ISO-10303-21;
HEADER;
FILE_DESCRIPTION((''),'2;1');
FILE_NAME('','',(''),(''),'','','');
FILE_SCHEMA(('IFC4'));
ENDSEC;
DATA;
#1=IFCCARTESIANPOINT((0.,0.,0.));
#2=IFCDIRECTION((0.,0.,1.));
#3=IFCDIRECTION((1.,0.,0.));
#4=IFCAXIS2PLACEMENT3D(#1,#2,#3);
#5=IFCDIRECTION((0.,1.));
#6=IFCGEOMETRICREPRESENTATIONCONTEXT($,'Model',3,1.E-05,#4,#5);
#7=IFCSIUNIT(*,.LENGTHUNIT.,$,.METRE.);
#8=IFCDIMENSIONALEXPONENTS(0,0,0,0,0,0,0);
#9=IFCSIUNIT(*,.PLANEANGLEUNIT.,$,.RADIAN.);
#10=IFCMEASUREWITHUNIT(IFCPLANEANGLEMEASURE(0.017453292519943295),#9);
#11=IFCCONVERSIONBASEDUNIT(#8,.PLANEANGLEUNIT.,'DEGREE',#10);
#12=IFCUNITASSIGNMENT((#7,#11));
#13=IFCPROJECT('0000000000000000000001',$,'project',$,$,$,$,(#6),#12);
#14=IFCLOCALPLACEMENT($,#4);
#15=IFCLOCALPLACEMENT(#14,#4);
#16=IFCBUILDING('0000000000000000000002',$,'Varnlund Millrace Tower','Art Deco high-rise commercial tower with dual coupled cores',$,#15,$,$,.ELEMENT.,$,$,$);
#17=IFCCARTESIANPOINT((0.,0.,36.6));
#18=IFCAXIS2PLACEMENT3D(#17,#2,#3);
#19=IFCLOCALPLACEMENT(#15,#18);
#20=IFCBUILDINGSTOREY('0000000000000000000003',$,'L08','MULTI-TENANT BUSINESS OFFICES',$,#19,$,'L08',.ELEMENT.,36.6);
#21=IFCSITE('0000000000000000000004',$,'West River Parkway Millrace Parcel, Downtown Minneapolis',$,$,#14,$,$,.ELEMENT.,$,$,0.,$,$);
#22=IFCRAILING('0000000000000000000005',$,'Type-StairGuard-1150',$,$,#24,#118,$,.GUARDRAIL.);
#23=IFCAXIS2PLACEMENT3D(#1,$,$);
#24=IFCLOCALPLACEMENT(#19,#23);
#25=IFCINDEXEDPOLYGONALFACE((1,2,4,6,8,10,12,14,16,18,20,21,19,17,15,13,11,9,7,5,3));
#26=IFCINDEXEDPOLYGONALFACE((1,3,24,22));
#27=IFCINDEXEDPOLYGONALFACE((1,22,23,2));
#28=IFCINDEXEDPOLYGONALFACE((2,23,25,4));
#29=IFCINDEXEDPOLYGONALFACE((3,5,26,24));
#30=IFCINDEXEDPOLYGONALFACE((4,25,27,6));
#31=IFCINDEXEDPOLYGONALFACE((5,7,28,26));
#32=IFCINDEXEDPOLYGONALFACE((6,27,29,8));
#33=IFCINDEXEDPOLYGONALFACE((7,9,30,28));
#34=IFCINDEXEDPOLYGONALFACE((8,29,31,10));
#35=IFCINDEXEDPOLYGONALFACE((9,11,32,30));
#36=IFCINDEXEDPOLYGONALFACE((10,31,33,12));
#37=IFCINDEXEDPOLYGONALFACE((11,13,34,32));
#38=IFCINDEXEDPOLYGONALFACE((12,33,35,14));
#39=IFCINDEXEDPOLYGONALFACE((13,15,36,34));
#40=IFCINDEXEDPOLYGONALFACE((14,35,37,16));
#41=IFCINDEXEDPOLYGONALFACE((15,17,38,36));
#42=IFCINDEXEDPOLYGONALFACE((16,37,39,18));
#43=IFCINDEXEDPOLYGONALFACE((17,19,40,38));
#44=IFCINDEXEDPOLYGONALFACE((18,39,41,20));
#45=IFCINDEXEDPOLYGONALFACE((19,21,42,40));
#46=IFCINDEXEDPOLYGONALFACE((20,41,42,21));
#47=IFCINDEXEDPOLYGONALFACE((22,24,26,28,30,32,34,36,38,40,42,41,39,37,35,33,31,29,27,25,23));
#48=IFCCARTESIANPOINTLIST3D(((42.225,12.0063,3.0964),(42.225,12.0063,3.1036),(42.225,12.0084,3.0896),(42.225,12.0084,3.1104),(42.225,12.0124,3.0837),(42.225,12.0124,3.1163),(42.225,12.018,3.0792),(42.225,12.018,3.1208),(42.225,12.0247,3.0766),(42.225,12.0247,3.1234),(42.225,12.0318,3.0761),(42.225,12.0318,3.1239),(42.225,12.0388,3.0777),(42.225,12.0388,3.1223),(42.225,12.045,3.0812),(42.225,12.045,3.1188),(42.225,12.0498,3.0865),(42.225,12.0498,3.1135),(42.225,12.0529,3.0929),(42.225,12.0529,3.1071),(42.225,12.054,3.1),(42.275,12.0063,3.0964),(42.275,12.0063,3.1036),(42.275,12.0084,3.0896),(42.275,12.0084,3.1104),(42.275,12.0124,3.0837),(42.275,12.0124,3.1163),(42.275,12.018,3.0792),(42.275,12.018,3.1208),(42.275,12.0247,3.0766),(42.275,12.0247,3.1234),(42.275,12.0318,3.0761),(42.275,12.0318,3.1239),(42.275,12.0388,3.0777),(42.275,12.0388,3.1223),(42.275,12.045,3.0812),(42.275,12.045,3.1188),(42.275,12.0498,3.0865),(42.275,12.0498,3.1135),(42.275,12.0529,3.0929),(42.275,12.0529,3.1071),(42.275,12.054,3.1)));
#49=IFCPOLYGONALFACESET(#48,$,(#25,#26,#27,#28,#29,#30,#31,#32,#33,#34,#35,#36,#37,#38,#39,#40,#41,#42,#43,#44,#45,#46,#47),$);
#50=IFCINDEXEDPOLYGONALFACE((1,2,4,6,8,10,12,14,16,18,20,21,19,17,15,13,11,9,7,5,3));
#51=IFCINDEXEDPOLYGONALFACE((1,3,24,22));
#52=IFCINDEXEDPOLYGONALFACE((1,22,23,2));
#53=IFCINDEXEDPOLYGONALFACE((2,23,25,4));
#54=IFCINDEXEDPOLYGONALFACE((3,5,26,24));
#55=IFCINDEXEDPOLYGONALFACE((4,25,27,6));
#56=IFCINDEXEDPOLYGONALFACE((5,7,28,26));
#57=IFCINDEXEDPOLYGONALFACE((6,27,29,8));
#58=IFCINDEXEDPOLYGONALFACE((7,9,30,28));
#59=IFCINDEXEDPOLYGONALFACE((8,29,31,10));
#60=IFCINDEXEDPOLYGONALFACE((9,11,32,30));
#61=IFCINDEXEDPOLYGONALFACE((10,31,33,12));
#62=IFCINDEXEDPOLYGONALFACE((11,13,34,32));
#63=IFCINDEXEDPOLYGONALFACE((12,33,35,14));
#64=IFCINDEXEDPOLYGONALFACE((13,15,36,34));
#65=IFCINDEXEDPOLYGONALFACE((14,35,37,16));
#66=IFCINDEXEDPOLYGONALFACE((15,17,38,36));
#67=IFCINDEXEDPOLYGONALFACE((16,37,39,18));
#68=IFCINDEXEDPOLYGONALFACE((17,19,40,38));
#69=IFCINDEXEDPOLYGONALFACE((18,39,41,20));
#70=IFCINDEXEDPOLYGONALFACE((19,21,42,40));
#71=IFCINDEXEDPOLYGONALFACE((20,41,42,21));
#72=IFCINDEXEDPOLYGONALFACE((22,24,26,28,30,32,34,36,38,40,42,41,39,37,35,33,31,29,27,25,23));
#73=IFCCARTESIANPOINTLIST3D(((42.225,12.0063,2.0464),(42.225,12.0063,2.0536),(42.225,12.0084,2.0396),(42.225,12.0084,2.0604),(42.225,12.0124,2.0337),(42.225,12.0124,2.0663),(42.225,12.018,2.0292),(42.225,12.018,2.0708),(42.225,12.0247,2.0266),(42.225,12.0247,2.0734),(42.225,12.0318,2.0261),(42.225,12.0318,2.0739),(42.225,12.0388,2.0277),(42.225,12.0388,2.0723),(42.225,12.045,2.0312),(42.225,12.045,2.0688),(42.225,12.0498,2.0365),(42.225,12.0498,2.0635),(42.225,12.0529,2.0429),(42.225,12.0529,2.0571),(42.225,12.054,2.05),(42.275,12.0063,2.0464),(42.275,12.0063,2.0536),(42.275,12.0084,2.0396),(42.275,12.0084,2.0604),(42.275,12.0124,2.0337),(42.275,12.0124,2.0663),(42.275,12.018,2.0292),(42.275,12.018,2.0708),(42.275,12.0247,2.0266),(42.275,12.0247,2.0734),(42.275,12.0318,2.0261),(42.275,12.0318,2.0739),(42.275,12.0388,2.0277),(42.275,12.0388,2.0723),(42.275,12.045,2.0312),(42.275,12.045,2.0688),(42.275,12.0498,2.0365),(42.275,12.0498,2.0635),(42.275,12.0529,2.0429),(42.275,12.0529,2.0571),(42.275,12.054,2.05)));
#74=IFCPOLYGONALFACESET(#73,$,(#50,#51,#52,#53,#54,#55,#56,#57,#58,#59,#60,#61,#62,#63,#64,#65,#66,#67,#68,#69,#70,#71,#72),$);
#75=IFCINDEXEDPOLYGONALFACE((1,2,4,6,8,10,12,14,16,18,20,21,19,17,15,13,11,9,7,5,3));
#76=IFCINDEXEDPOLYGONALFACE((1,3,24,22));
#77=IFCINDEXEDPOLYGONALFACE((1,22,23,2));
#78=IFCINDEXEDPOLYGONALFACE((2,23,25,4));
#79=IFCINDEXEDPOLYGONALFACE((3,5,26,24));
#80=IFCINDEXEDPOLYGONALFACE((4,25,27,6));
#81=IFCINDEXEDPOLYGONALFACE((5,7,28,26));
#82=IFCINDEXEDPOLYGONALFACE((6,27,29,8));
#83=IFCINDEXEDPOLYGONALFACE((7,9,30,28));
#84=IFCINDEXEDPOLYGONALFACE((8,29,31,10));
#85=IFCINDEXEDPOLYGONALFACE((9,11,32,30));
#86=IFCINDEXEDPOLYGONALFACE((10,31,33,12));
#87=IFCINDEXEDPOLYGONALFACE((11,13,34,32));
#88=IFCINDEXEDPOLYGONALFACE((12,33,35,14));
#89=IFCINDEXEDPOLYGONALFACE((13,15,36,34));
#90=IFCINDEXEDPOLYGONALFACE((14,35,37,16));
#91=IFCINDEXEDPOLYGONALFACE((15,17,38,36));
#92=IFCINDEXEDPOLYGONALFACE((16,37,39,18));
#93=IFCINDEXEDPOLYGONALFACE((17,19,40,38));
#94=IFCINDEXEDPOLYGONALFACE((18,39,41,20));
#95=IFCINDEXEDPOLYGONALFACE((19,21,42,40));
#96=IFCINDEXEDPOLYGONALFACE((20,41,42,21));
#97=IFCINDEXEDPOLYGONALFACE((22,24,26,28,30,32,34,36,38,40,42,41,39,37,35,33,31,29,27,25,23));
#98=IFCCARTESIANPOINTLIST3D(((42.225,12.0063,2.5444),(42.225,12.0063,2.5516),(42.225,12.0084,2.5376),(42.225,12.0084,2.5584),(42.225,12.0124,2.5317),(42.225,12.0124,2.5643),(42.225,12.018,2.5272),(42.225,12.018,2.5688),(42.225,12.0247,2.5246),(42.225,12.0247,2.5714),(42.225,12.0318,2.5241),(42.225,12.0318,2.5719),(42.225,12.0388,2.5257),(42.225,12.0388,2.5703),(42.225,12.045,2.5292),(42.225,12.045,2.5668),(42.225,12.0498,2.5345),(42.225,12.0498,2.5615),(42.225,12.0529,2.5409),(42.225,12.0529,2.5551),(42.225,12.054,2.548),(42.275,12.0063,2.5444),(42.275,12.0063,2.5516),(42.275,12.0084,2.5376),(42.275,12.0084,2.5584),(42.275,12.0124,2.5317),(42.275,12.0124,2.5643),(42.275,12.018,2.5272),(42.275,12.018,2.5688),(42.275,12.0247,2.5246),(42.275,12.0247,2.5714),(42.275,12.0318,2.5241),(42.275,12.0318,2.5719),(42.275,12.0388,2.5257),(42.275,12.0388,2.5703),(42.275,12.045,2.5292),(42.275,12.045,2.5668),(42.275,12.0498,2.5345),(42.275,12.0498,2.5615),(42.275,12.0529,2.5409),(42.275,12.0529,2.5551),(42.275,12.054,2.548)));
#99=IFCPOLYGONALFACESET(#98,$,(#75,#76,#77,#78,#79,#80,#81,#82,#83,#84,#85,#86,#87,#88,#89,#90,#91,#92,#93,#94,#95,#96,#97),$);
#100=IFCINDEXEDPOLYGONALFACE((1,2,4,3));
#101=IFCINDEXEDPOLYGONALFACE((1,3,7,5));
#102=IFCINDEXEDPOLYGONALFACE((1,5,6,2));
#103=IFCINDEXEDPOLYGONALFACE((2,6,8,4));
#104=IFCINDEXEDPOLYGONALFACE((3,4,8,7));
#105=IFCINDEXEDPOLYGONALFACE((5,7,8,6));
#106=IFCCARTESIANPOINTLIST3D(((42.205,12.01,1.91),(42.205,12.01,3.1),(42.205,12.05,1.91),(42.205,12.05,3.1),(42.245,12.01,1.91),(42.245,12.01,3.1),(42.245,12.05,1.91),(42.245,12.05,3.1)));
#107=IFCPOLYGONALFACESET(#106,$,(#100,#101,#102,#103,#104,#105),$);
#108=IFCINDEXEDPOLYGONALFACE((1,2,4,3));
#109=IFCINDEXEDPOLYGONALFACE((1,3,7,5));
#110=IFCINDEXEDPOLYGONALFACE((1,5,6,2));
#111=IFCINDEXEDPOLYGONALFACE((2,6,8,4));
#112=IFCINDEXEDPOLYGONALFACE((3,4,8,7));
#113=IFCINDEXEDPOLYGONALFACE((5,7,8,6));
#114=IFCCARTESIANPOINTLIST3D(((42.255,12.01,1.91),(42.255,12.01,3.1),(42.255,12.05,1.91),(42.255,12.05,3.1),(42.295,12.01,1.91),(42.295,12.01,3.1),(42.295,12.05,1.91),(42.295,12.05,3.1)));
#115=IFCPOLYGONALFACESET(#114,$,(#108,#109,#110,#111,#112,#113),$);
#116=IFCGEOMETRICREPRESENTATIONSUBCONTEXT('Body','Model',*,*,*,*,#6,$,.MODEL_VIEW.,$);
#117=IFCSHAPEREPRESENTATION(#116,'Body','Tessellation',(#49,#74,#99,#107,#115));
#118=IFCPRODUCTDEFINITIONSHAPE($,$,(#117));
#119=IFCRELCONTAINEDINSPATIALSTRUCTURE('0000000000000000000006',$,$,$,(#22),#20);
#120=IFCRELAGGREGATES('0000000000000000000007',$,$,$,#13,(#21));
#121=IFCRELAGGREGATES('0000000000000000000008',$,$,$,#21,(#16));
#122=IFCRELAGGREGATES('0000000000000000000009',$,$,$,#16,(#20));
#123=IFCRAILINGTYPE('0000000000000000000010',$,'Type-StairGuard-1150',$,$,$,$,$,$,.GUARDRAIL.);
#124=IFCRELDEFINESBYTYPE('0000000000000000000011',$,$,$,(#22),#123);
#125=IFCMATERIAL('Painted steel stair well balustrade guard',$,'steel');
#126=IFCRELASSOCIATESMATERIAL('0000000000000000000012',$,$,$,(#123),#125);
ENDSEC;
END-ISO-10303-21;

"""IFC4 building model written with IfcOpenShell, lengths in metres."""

from ifc_helpers import new_model, entity, si_unit, converted_unit, direction, frame, origin_with_axes, origin_2d_with_axis, place, context, subcontext, project, spatial, rectangle, circle, extrude, material, type_object, element, save


model = new_model("IFC4")

# Units and contexts
model_context = context("Model", 3, precision=1e-05, world=origin_with_axes(), true_north=direction((0.0, 1.0)))
body_context = subcontext(model_context, "Body", "Model", "MODEL_VIEW")
ifc_project = project(units=[si_unit("LENGTHUNIT", "METRE"), converted_unit("PLANEANGLEUNIT", "DEGREE", entity("IfcPlaneAngleMeasure", 0.017453292519943295), si_unit("PLANEANGLEUNIT", "RADIAN"), dimensions=[0, 0, 0, 0, 0, 0, 0])], contexts=[model_context])

# Site, building, storey
site_placement = place(None, origin_with_axes())
site = spatial("IfcSite", under=ifc_project, at=site_placement, Name="West River Parkway Millrace Parcel, Downtown Minneapolis", CompositionType="ELEMENT", RefElevation=0.0)
building_placement = place(site_placement, origin_with_axes())
building = spatial("IfcBuilding", under=site, at=building_placement, Name="Varnlund Millrace Tower", Description="Art Deco high-rise commercial tower with dual coupled cores", CompositionType="ELEMENT")
storey_placement = place(building_placement, frame((0.0, 0.0, 36.6), z_axis=(0.0, 0.0, 1.0), x_axis=(1.0, 0.0, 0.0)))
storey = spatial("IfcBuildingStorey", under=building, at=storey_placement, Name="L08", Description="MULTI-TENANT BUSINESS OFFICES", LongName="L08", CompositionType="ELEMENT", Elevation=36.6)

# Railing
ifc_material_1 = material(Name="Painted steel stair well balustrade guard", Category="steel")
railing_type_1 = type_object("IfcRailingType", Name="Type-StairGuard-1150", PredefinedType="GUARDRAIL", material=ifc_material_1)
railing_1_placement = place(storey_placement, frame((0.0, 0.0, -36.6), z_axis=(0.0, 0.0, 1.0), x_axis=(1.0, 0.0, 0.0)))
element("IfcRailing", 1, at=railing_1_placement, inside=storey, type_object=railing_type_1, Name="Type-StairGuard-1150", PredefinedType="GUARDRAIL", context=body_context, shape_type="SweptSolid", body=[
    extrude(circle(Radius=0.024, at=origin_2d_with_axis()), frame((42.225, 12.03, 39.7), z_axis=(1.0, 0.0, 0.0), x_axis=(0.0, 1.0, 0.0)), (0.0, 0.0, 1.0), 0.05),
    extrude(circle(Radius=0.024, at=origin_2d_with_axis()), frame((42.225, 12.03, 38.65), z_axis=(1.0, 0.0, 0.0), x_axis=(0.0, 1.0, 0.0)), (0.0, 0.0, 1.0), 0.05),
    extrude(circle(Radius=0.024, at=origin_2d_with_axis()), frame((42.225, 12.03, 39.148), z_axis=(1.0, 0.0, 0.0), x_axis=(0.0, 1.0, 0.0)), (0.0, 0.0, 1.0), 0.05),
    extrude(rectangle(XDim=0.04, YDim=0.04, at=origin_2d_with_axis()), frame((42.225, 12.03, 38.51), z_axis=(0.0, 0.0, 1.0), x_axis=(1.0, 0.0, 0.0)), (0.0, 0.0, 1.0), 1.19),
    extrude(rectangle(XDim=0.04, YDim=0.04, at=origin_2d_with_axis()), frame((42.275, 12.03, 38.51), z_axis=(0.0, 0.0, 1.0), x_axis=(1.0, 0.0, 0.0)), (0.0, 0.0, 1.0), 1.19),
])

save(model, "model.ifc")
